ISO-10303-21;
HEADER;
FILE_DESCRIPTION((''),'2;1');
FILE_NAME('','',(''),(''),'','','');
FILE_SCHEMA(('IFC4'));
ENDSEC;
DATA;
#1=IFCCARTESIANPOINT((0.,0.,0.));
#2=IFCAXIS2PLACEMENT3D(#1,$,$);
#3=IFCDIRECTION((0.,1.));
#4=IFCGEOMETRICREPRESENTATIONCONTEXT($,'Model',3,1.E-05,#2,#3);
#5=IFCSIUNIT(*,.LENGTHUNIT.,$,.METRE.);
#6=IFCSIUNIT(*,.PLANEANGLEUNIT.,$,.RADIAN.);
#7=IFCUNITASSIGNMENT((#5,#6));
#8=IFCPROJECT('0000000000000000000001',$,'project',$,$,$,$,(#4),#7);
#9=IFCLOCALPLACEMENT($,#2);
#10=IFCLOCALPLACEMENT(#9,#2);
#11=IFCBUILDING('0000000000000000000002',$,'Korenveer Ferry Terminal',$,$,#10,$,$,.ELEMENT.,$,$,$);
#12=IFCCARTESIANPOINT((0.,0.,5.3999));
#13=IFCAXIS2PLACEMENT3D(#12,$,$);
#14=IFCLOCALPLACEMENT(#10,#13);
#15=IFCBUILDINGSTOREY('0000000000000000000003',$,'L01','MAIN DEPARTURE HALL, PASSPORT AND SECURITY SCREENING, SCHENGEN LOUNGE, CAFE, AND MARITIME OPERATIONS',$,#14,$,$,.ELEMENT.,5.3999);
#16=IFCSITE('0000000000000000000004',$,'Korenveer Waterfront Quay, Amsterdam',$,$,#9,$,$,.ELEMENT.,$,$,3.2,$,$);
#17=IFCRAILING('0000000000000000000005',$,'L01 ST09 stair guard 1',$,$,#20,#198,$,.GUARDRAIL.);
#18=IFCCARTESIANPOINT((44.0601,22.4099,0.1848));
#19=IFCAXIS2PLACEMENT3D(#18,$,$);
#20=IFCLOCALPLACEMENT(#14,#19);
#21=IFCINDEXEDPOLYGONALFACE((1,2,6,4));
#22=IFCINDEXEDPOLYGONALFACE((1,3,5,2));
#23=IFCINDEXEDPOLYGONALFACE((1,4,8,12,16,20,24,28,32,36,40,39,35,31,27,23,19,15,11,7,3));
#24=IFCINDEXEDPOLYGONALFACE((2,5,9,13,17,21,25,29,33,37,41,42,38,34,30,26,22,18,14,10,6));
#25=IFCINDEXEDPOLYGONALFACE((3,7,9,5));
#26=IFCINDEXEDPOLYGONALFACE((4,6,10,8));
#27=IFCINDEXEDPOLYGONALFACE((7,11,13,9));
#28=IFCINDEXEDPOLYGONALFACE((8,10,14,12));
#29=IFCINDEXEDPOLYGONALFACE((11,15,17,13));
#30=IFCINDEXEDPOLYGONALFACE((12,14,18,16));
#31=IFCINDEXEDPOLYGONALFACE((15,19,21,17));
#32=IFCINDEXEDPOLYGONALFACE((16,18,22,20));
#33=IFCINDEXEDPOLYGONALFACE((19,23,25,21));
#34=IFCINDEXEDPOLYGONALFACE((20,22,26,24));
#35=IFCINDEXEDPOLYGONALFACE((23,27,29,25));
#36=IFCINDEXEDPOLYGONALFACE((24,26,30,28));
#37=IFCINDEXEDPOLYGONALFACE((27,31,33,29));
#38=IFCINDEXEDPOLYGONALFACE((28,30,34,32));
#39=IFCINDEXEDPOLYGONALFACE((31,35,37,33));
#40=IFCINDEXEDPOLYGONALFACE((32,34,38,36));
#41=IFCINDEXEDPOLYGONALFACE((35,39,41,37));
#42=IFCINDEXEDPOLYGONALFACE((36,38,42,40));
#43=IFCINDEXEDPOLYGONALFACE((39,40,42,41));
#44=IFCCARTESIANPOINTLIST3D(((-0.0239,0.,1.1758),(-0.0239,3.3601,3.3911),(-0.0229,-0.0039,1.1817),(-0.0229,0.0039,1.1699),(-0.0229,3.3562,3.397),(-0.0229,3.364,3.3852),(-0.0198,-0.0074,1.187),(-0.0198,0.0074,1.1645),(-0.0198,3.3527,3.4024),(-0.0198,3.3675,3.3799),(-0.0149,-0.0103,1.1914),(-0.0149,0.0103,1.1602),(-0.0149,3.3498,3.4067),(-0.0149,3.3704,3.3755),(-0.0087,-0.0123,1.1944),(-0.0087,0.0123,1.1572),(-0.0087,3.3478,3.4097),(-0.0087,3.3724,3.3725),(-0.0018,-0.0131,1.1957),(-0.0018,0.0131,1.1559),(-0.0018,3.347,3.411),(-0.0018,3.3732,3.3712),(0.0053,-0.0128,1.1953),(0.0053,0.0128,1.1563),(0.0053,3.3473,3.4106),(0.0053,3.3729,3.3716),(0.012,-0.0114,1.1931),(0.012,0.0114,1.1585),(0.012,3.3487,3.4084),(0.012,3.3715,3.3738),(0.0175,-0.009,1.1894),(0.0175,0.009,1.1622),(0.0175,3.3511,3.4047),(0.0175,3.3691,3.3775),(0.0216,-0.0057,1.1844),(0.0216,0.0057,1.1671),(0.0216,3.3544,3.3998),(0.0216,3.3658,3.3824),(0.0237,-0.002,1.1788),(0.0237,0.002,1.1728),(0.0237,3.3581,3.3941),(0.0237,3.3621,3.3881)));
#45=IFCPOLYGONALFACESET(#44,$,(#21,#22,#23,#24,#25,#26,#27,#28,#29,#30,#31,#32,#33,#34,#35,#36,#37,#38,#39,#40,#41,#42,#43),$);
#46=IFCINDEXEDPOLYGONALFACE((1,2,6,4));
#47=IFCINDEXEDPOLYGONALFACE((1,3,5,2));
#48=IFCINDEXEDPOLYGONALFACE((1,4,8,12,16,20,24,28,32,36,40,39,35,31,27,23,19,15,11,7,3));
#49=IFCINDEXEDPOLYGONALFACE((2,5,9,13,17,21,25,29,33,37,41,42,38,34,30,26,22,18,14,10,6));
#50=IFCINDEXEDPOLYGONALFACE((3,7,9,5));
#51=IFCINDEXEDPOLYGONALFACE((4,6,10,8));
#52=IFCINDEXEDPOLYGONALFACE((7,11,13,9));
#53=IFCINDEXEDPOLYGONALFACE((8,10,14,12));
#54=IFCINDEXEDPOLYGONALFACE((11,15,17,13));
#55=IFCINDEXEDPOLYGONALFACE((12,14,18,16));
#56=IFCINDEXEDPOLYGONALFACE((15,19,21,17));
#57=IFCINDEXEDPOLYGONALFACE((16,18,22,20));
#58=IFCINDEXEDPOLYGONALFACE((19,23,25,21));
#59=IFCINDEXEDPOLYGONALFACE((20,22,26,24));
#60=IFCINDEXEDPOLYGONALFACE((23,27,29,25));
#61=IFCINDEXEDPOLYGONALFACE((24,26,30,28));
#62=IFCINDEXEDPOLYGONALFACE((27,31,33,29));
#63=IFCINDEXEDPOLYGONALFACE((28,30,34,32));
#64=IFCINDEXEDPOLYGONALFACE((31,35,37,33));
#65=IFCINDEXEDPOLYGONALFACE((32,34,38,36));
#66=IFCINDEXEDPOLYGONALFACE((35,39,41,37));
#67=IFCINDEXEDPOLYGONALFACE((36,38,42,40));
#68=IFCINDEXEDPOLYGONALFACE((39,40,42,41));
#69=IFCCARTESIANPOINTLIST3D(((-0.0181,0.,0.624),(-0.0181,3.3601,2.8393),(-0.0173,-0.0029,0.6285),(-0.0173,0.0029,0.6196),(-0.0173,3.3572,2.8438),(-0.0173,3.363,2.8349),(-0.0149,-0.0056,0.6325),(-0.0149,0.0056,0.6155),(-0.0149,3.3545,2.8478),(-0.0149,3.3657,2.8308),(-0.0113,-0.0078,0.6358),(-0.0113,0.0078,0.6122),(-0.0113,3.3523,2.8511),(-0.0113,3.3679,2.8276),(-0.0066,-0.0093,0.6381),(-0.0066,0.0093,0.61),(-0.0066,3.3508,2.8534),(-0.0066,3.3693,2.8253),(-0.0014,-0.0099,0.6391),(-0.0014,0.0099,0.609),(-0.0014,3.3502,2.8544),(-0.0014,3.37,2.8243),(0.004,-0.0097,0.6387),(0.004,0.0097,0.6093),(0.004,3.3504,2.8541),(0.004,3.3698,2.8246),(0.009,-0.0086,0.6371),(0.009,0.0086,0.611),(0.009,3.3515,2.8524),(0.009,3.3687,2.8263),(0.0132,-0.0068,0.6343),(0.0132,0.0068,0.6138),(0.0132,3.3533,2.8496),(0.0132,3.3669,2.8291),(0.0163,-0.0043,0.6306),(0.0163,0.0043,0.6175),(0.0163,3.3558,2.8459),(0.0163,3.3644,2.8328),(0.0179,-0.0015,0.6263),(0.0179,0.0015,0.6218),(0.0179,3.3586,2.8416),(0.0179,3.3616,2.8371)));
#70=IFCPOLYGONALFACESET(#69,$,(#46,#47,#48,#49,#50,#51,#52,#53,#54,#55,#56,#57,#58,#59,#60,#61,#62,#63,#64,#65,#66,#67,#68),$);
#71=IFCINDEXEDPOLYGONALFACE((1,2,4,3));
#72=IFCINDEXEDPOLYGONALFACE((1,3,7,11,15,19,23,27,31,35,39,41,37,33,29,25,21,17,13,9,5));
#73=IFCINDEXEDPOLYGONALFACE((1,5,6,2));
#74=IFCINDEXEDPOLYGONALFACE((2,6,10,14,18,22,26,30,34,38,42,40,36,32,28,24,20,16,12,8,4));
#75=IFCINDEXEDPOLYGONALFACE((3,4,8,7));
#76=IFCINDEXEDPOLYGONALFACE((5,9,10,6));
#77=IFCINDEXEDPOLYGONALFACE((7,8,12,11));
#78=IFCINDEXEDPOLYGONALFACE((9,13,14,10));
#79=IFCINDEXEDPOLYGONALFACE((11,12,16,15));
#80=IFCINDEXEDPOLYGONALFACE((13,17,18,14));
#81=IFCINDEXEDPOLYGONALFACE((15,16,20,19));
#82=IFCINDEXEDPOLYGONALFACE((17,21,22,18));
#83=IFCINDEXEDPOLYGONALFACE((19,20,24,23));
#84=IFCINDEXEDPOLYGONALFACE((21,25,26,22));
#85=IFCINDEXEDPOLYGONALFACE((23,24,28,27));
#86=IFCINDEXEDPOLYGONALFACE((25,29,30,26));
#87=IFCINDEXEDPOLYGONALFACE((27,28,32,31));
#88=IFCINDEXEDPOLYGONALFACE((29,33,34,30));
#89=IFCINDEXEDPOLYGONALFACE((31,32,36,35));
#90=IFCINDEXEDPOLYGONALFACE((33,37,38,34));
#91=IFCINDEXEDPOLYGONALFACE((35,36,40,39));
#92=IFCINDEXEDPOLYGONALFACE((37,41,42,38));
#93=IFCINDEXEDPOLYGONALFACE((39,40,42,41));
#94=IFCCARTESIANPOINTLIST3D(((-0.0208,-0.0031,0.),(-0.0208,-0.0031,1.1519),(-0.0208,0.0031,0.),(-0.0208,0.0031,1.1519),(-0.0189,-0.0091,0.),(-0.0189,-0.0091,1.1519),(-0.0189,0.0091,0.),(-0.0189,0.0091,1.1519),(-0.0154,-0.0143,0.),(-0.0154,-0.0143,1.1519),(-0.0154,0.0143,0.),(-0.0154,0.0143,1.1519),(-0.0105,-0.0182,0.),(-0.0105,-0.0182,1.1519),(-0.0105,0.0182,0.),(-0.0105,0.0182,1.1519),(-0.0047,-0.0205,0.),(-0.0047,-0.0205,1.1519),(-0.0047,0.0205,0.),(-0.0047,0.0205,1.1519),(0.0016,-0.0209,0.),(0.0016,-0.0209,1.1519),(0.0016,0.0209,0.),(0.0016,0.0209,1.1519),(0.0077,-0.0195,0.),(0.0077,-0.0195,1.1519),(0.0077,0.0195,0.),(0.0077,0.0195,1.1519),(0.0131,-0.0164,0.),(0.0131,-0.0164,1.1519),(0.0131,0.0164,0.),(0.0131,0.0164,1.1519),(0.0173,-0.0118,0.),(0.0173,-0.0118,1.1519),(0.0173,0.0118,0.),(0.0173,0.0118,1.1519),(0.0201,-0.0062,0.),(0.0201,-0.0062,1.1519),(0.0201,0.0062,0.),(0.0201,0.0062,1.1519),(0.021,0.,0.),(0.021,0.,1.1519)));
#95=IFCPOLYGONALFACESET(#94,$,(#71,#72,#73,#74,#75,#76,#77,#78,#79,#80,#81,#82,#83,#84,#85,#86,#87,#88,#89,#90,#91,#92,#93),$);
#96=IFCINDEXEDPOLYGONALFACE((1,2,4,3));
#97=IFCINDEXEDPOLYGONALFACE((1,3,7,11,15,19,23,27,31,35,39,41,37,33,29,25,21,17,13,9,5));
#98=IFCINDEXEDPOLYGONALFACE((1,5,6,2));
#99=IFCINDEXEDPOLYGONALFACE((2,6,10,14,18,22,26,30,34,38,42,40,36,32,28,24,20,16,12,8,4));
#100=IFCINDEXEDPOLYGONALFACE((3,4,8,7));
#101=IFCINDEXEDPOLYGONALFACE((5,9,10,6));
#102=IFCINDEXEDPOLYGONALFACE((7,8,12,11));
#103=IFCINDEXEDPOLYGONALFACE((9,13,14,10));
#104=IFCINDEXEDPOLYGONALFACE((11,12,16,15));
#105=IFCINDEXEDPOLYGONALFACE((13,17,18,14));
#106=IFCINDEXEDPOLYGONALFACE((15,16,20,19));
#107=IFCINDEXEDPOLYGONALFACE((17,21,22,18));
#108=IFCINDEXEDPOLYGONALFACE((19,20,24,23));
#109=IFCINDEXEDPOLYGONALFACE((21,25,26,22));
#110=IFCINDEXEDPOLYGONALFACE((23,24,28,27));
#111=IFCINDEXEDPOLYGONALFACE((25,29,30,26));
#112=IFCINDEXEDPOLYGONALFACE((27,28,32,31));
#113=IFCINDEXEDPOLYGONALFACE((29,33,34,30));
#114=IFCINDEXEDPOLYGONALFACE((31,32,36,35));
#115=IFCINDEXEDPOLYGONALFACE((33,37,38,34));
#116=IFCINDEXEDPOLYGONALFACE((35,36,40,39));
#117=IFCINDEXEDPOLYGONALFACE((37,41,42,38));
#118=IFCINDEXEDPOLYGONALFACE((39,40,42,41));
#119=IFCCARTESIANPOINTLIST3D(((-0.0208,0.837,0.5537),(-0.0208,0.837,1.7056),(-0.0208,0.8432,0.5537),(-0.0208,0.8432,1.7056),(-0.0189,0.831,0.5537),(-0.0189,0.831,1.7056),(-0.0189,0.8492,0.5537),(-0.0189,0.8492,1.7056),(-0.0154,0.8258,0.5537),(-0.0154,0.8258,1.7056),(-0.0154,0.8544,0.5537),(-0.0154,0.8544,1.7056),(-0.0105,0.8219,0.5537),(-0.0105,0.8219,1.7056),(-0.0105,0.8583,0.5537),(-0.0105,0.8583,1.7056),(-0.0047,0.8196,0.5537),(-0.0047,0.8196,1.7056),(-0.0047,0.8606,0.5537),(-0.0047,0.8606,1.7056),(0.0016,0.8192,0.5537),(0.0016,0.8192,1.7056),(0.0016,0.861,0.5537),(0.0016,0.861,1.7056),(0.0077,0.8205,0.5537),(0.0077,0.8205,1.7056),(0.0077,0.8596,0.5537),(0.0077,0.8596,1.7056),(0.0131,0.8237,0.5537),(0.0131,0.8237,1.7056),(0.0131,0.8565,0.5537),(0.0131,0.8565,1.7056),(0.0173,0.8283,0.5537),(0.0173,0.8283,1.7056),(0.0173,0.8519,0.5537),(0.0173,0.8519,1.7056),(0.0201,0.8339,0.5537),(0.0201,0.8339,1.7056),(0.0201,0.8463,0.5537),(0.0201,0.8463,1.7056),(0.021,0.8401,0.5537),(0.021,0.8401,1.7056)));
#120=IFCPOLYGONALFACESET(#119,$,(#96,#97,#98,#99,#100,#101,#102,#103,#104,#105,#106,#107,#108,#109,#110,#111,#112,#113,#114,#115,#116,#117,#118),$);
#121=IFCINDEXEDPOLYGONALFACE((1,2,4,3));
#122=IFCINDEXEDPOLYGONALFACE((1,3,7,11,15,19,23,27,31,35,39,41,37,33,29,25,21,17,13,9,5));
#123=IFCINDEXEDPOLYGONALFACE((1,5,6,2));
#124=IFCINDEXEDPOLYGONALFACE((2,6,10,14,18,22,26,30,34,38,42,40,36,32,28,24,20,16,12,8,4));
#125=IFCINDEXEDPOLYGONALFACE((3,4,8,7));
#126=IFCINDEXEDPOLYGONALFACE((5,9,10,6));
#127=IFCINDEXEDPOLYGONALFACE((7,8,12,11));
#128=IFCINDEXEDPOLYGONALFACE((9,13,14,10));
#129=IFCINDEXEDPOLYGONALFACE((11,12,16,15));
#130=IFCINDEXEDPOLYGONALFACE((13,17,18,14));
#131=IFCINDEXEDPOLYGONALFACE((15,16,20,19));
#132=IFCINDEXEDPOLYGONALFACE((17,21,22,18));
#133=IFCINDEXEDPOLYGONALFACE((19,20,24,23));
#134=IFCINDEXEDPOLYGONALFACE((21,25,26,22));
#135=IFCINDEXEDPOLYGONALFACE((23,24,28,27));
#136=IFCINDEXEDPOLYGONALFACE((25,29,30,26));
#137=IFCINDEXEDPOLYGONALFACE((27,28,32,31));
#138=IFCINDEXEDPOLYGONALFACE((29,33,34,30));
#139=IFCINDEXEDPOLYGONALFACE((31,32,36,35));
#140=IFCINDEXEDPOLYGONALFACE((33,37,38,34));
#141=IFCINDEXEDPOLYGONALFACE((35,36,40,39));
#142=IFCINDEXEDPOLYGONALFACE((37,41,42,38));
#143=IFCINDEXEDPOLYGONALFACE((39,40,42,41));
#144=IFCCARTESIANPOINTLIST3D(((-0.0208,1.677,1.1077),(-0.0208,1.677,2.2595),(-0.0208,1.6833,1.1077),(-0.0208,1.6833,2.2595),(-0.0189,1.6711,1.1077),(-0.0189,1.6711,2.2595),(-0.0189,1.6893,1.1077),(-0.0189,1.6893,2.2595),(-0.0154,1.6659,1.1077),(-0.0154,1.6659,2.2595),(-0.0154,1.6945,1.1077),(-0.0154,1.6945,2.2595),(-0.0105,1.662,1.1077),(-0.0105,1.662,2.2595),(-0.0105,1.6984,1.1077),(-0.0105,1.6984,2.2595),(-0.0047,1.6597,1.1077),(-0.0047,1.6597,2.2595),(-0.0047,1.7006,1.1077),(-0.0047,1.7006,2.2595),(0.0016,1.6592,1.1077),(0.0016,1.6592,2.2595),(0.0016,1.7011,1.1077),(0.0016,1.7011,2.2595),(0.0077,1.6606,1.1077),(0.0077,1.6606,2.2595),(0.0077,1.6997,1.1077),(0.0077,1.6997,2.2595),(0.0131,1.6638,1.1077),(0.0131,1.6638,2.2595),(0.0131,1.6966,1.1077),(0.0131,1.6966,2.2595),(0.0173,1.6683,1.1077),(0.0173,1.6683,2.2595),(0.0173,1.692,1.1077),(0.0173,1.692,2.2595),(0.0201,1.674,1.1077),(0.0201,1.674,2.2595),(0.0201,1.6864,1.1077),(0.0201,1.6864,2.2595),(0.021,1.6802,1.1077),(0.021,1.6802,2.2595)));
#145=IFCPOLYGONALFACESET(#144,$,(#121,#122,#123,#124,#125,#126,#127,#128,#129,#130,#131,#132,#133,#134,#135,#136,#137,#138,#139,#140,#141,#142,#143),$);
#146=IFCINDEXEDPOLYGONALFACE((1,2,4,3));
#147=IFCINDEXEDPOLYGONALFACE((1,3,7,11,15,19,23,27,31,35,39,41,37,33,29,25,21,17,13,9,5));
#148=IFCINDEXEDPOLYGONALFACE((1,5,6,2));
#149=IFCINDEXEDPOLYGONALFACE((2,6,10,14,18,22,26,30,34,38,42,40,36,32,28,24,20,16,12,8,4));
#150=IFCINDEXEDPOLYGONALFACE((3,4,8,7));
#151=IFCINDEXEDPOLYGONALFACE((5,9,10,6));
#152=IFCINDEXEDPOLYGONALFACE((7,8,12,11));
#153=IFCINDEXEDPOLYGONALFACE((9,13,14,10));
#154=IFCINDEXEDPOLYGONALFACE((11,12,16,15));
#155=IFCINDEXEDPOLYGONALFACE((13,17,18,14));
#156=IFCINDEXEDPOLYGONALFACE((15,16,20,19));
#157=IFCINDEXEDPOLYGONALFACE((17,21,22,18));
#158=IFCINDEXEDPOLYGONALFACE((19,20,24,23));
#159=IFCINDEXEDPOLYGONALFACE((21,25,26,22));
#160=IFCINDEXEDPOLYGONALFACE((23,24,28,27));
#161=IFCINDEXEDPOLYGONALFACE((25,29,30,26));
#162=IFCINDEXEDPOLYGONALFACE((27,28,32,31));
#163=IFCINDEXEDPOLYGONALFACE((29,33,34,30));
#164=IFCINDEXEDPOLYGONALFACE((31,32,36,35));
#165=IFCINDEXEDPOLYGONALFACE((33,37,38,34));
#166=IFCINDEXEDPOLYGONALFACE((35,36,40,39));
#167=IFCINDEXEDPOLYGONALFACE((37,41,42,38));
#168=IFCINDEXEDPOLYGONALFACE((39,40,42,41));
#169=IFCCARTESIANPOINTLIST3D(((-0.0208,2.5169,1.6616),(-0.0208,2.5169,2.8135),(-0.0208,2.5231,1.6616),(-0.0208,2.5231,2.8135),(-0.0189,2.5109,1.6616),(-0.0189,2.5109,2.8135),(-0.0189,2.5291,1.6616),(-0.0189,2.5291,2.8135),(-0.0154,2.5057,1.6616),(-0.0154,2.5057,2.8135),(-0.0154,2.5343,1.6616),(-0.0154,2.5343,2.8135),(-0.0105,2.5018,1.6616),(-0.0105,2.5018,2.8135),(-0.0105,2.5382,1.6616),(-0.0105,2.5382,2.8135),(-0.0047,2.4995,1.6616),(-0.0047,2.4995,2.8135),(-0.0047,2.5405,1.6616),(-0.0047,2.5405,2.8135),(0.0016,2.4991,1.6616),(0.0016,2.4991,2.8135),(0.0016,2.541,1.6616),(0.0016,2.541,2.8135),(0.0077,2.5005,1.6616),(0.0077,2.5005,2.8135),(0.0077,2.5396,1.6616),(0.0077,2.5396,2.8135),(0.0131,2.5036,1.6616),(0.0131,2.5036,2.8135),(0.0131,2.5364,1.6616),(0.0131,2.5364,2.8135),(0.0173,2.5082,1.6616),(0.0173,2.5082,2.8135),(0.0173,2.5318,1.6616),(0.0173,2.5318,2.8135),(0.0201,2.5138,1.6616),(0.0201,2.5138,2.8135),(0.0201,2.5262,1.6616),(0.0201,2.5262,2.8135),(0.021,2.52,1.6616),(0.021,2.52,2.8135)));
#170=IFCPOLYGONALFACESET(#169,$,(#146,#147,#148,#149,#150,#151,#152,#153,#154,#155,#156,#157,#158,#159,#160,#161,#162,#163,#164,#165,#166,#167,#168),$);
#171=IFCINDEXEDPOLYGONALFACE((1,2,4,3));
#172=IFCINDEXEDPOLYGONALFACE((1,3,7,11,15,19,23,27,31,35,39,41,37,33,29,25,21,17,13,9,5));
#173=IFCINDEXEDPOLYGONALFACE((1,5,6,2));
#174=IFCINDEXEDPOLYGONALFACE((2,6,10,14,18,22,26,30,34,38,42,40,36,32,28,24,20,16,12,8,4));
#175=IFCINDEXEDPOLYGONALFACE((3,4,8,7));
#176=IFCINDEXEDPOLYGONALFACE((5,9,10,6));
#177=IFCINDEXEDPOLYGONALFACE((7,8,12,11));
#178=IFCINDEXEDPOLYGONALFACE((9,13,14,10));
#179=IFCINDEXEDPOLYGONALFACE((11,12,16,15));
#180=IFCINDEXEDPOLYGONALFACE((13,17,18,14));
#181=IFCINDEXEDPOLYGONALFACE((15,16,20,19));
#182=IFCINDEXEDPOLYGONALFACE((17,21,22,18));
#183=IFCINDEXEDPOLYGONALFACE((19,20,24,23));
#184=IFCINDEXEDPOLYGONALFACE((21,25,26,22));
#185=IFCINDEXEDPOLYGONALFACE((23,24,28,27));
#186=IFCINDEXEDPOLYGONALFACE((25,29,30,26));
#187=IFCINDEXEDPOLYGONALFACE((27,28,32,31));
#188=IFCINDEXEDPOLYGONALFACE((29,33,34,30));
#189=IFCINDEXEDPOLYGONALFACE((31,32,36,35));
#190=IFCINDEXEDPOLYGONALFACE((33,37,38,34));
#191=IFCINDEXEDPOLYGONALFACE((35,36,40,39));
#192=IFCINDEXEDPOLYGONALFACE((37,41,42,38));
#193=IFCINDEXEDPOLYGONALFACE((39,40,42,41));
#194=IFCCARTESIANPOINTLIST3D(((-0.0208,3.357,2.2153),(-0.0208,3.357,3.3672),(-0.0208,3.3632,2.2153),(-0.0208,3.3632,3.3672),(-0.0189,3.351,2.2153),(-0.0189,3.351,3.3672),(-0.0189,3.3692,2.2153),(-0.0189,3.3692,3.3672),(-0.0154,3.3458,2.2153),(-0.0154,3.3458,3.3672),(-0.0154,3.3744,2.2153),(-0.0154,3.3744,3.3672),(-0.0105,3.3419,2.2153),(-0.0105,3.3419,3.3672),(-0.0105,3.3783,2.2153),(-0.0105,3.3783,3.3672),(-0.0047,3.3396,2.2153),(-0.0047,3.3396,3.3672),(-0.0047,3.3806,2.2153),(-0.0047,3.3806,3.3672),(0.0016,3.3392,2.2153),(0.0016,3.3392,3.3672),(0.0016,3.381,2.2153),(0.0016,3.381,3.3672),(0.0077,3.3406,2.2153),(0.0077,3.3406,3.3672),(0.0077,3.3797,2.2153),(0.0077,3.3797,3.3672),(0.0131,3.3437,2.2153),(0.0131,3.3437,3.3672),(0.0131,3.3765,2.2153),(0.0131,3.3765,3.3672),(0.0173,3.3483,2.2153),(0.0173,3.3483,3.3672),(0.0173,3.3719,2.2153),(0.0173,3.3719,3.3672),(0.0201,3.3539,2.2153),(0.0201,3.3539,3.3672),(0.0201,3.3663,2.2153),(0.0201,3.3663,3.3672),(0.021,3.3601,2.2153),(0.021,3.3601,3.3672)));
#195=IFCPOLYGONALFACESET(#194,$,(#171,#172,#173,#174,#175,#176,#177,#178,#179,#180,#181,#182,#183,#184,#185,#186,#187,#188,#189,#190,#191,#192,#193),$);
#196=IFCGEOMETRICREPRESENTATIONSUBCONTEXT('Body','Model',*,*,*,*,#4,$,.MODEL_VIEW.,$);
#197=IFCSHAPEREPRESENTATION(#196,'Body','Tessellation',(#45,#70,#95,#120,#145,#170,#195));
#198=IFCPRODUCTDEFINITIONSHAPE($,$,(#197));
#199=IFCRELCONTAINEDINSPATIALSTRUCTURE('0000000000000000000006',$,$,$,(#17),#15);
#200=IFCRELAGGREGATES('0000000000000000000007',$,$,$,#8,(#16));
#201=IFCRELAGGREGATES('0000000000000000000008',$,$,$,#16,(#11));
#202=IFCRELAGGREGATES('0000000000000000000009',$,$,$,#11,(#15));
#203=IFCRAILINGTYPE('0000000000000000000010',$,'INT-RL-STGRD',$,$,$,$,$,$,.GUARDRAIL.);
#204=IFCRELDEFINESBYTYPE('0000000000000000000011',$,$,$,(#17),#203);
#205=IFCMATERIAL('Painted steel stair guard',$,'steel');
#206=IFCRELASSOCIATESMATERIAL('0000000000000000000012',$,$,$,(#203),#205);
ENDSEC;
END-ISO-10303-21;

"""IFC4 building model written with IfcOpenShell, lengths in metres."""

from ifc_helpers import new_model, si_unit, direction, frame, origin, origin_2d, place, context, subcontext, project, spatial, circle, extrude, material, type_object, element, save


model = new_model("IFC4")

# Units and contexts
model_context = context("Model", 3, precision=1e-05, world=origin(), true_north=direction((0.0, 1.0)))
body_context = subcontext(model_context, "Body", "Model", "MODEL_VIEW")
ifc_project = project(units=[si_unit("LENGTHUNIT", "METRE"), si_unit("PLANEANGLEUNIT", "RADIAN")], contexts=[model_context])

# Site, building, storey
site_placement = place(None, origin())
site = spatial("IfcSite", under=ifc_project, at=site_placement, Name="Korenveer Waterfront Quay, Amsterdam", CompositionType="ELEMENT", RefElevation=3.2)
building_placement = place(site_placement, origin())
building = spatial("IfcBuilding", under=site, at=building_placement, Name="Korenveer Ferry Terminal", CompositionType="ELEMENT")
storey_placement = place(building_placement, frame((0.0, 0.0, 5.3999)))
storey = spatial("IfcBuildingStorey", under=building, at=storey_placement, Name="L01", Description="MAIN DEPARTURE HALL, PASSPORT AND SECURITY SCREENING, SCHENGEN LOUNGE, CAFE, AND MARITIME OPERATIONS", CompositionType="ELEMENT", Elevation=5.3999)

# Railing
ifc_material_1 = material(Name="Painted steel stair guard", Category="steel")
railing_type_1 = type_object("IfcRailingType", Name="INT-RL-STGRD", PredefinedType="GUARDRAIL", material=ifc_material_1)
railing_1_placement = place(storey_placement, frame((44.0601, 22.4099, 0.1848)))
element("IfcRailing", 1, at=railing_1_placement, inside=storey, type_object=railing_type_1, Name="L01 ST09 stair guard 1", PredefinedType="GUARDRAIL", context=body_context, shape_type="SweptSolid", body=[
    extrude(circle(Radius=0.0239, at=origin_2d()), frame((0.0, 0.0, 1.1758), z_axis=(0.0, 0.834876, 0.550437), x_axis=(-1.0, 0.0, 0.0)), (0.0, 0.0, 1.0), 4.0247),
    extrude(circle(Radius=0.0181, at=origin_2d()), frame((0.0, 0.0, 0.624), z_axis=(0.0, 0.834876, 0.550437), x_axis=(-1.0, 0.0, 0.0)), (0.0, 0.0, 1.0), 4.0247),
    extrude(circle(Radius=0.021, at=origin_2d()), origin(), (0.0, 0.0, 1.0), 1.1519),
    extrude(circle(Radius=0.021, at=origin_2d()), frame((0.0, 0.8401, 0.5537)), (0.0, 0.0, 1.0), 1.1519),
    extrude(circle(Radius=0.021, at=origin_2d()), frame((0.0, 1.6802, 1.1077)), (0.0, 0.0, 1.0), 1.1519),
    extrude(circle(Radius=0.021, at=origin_2d()), frame((0.0, 2.52, 1.6616)), (0.0, 0.0, 1.0), 1.1519),
    extrude(circle(Radius=0.021, at=origin_2d()), frame((0.0, 3.3601, 2.2153)), (0.0, 0.0, 1.0), 1.1519),
])

save(model, "model.ifc")
